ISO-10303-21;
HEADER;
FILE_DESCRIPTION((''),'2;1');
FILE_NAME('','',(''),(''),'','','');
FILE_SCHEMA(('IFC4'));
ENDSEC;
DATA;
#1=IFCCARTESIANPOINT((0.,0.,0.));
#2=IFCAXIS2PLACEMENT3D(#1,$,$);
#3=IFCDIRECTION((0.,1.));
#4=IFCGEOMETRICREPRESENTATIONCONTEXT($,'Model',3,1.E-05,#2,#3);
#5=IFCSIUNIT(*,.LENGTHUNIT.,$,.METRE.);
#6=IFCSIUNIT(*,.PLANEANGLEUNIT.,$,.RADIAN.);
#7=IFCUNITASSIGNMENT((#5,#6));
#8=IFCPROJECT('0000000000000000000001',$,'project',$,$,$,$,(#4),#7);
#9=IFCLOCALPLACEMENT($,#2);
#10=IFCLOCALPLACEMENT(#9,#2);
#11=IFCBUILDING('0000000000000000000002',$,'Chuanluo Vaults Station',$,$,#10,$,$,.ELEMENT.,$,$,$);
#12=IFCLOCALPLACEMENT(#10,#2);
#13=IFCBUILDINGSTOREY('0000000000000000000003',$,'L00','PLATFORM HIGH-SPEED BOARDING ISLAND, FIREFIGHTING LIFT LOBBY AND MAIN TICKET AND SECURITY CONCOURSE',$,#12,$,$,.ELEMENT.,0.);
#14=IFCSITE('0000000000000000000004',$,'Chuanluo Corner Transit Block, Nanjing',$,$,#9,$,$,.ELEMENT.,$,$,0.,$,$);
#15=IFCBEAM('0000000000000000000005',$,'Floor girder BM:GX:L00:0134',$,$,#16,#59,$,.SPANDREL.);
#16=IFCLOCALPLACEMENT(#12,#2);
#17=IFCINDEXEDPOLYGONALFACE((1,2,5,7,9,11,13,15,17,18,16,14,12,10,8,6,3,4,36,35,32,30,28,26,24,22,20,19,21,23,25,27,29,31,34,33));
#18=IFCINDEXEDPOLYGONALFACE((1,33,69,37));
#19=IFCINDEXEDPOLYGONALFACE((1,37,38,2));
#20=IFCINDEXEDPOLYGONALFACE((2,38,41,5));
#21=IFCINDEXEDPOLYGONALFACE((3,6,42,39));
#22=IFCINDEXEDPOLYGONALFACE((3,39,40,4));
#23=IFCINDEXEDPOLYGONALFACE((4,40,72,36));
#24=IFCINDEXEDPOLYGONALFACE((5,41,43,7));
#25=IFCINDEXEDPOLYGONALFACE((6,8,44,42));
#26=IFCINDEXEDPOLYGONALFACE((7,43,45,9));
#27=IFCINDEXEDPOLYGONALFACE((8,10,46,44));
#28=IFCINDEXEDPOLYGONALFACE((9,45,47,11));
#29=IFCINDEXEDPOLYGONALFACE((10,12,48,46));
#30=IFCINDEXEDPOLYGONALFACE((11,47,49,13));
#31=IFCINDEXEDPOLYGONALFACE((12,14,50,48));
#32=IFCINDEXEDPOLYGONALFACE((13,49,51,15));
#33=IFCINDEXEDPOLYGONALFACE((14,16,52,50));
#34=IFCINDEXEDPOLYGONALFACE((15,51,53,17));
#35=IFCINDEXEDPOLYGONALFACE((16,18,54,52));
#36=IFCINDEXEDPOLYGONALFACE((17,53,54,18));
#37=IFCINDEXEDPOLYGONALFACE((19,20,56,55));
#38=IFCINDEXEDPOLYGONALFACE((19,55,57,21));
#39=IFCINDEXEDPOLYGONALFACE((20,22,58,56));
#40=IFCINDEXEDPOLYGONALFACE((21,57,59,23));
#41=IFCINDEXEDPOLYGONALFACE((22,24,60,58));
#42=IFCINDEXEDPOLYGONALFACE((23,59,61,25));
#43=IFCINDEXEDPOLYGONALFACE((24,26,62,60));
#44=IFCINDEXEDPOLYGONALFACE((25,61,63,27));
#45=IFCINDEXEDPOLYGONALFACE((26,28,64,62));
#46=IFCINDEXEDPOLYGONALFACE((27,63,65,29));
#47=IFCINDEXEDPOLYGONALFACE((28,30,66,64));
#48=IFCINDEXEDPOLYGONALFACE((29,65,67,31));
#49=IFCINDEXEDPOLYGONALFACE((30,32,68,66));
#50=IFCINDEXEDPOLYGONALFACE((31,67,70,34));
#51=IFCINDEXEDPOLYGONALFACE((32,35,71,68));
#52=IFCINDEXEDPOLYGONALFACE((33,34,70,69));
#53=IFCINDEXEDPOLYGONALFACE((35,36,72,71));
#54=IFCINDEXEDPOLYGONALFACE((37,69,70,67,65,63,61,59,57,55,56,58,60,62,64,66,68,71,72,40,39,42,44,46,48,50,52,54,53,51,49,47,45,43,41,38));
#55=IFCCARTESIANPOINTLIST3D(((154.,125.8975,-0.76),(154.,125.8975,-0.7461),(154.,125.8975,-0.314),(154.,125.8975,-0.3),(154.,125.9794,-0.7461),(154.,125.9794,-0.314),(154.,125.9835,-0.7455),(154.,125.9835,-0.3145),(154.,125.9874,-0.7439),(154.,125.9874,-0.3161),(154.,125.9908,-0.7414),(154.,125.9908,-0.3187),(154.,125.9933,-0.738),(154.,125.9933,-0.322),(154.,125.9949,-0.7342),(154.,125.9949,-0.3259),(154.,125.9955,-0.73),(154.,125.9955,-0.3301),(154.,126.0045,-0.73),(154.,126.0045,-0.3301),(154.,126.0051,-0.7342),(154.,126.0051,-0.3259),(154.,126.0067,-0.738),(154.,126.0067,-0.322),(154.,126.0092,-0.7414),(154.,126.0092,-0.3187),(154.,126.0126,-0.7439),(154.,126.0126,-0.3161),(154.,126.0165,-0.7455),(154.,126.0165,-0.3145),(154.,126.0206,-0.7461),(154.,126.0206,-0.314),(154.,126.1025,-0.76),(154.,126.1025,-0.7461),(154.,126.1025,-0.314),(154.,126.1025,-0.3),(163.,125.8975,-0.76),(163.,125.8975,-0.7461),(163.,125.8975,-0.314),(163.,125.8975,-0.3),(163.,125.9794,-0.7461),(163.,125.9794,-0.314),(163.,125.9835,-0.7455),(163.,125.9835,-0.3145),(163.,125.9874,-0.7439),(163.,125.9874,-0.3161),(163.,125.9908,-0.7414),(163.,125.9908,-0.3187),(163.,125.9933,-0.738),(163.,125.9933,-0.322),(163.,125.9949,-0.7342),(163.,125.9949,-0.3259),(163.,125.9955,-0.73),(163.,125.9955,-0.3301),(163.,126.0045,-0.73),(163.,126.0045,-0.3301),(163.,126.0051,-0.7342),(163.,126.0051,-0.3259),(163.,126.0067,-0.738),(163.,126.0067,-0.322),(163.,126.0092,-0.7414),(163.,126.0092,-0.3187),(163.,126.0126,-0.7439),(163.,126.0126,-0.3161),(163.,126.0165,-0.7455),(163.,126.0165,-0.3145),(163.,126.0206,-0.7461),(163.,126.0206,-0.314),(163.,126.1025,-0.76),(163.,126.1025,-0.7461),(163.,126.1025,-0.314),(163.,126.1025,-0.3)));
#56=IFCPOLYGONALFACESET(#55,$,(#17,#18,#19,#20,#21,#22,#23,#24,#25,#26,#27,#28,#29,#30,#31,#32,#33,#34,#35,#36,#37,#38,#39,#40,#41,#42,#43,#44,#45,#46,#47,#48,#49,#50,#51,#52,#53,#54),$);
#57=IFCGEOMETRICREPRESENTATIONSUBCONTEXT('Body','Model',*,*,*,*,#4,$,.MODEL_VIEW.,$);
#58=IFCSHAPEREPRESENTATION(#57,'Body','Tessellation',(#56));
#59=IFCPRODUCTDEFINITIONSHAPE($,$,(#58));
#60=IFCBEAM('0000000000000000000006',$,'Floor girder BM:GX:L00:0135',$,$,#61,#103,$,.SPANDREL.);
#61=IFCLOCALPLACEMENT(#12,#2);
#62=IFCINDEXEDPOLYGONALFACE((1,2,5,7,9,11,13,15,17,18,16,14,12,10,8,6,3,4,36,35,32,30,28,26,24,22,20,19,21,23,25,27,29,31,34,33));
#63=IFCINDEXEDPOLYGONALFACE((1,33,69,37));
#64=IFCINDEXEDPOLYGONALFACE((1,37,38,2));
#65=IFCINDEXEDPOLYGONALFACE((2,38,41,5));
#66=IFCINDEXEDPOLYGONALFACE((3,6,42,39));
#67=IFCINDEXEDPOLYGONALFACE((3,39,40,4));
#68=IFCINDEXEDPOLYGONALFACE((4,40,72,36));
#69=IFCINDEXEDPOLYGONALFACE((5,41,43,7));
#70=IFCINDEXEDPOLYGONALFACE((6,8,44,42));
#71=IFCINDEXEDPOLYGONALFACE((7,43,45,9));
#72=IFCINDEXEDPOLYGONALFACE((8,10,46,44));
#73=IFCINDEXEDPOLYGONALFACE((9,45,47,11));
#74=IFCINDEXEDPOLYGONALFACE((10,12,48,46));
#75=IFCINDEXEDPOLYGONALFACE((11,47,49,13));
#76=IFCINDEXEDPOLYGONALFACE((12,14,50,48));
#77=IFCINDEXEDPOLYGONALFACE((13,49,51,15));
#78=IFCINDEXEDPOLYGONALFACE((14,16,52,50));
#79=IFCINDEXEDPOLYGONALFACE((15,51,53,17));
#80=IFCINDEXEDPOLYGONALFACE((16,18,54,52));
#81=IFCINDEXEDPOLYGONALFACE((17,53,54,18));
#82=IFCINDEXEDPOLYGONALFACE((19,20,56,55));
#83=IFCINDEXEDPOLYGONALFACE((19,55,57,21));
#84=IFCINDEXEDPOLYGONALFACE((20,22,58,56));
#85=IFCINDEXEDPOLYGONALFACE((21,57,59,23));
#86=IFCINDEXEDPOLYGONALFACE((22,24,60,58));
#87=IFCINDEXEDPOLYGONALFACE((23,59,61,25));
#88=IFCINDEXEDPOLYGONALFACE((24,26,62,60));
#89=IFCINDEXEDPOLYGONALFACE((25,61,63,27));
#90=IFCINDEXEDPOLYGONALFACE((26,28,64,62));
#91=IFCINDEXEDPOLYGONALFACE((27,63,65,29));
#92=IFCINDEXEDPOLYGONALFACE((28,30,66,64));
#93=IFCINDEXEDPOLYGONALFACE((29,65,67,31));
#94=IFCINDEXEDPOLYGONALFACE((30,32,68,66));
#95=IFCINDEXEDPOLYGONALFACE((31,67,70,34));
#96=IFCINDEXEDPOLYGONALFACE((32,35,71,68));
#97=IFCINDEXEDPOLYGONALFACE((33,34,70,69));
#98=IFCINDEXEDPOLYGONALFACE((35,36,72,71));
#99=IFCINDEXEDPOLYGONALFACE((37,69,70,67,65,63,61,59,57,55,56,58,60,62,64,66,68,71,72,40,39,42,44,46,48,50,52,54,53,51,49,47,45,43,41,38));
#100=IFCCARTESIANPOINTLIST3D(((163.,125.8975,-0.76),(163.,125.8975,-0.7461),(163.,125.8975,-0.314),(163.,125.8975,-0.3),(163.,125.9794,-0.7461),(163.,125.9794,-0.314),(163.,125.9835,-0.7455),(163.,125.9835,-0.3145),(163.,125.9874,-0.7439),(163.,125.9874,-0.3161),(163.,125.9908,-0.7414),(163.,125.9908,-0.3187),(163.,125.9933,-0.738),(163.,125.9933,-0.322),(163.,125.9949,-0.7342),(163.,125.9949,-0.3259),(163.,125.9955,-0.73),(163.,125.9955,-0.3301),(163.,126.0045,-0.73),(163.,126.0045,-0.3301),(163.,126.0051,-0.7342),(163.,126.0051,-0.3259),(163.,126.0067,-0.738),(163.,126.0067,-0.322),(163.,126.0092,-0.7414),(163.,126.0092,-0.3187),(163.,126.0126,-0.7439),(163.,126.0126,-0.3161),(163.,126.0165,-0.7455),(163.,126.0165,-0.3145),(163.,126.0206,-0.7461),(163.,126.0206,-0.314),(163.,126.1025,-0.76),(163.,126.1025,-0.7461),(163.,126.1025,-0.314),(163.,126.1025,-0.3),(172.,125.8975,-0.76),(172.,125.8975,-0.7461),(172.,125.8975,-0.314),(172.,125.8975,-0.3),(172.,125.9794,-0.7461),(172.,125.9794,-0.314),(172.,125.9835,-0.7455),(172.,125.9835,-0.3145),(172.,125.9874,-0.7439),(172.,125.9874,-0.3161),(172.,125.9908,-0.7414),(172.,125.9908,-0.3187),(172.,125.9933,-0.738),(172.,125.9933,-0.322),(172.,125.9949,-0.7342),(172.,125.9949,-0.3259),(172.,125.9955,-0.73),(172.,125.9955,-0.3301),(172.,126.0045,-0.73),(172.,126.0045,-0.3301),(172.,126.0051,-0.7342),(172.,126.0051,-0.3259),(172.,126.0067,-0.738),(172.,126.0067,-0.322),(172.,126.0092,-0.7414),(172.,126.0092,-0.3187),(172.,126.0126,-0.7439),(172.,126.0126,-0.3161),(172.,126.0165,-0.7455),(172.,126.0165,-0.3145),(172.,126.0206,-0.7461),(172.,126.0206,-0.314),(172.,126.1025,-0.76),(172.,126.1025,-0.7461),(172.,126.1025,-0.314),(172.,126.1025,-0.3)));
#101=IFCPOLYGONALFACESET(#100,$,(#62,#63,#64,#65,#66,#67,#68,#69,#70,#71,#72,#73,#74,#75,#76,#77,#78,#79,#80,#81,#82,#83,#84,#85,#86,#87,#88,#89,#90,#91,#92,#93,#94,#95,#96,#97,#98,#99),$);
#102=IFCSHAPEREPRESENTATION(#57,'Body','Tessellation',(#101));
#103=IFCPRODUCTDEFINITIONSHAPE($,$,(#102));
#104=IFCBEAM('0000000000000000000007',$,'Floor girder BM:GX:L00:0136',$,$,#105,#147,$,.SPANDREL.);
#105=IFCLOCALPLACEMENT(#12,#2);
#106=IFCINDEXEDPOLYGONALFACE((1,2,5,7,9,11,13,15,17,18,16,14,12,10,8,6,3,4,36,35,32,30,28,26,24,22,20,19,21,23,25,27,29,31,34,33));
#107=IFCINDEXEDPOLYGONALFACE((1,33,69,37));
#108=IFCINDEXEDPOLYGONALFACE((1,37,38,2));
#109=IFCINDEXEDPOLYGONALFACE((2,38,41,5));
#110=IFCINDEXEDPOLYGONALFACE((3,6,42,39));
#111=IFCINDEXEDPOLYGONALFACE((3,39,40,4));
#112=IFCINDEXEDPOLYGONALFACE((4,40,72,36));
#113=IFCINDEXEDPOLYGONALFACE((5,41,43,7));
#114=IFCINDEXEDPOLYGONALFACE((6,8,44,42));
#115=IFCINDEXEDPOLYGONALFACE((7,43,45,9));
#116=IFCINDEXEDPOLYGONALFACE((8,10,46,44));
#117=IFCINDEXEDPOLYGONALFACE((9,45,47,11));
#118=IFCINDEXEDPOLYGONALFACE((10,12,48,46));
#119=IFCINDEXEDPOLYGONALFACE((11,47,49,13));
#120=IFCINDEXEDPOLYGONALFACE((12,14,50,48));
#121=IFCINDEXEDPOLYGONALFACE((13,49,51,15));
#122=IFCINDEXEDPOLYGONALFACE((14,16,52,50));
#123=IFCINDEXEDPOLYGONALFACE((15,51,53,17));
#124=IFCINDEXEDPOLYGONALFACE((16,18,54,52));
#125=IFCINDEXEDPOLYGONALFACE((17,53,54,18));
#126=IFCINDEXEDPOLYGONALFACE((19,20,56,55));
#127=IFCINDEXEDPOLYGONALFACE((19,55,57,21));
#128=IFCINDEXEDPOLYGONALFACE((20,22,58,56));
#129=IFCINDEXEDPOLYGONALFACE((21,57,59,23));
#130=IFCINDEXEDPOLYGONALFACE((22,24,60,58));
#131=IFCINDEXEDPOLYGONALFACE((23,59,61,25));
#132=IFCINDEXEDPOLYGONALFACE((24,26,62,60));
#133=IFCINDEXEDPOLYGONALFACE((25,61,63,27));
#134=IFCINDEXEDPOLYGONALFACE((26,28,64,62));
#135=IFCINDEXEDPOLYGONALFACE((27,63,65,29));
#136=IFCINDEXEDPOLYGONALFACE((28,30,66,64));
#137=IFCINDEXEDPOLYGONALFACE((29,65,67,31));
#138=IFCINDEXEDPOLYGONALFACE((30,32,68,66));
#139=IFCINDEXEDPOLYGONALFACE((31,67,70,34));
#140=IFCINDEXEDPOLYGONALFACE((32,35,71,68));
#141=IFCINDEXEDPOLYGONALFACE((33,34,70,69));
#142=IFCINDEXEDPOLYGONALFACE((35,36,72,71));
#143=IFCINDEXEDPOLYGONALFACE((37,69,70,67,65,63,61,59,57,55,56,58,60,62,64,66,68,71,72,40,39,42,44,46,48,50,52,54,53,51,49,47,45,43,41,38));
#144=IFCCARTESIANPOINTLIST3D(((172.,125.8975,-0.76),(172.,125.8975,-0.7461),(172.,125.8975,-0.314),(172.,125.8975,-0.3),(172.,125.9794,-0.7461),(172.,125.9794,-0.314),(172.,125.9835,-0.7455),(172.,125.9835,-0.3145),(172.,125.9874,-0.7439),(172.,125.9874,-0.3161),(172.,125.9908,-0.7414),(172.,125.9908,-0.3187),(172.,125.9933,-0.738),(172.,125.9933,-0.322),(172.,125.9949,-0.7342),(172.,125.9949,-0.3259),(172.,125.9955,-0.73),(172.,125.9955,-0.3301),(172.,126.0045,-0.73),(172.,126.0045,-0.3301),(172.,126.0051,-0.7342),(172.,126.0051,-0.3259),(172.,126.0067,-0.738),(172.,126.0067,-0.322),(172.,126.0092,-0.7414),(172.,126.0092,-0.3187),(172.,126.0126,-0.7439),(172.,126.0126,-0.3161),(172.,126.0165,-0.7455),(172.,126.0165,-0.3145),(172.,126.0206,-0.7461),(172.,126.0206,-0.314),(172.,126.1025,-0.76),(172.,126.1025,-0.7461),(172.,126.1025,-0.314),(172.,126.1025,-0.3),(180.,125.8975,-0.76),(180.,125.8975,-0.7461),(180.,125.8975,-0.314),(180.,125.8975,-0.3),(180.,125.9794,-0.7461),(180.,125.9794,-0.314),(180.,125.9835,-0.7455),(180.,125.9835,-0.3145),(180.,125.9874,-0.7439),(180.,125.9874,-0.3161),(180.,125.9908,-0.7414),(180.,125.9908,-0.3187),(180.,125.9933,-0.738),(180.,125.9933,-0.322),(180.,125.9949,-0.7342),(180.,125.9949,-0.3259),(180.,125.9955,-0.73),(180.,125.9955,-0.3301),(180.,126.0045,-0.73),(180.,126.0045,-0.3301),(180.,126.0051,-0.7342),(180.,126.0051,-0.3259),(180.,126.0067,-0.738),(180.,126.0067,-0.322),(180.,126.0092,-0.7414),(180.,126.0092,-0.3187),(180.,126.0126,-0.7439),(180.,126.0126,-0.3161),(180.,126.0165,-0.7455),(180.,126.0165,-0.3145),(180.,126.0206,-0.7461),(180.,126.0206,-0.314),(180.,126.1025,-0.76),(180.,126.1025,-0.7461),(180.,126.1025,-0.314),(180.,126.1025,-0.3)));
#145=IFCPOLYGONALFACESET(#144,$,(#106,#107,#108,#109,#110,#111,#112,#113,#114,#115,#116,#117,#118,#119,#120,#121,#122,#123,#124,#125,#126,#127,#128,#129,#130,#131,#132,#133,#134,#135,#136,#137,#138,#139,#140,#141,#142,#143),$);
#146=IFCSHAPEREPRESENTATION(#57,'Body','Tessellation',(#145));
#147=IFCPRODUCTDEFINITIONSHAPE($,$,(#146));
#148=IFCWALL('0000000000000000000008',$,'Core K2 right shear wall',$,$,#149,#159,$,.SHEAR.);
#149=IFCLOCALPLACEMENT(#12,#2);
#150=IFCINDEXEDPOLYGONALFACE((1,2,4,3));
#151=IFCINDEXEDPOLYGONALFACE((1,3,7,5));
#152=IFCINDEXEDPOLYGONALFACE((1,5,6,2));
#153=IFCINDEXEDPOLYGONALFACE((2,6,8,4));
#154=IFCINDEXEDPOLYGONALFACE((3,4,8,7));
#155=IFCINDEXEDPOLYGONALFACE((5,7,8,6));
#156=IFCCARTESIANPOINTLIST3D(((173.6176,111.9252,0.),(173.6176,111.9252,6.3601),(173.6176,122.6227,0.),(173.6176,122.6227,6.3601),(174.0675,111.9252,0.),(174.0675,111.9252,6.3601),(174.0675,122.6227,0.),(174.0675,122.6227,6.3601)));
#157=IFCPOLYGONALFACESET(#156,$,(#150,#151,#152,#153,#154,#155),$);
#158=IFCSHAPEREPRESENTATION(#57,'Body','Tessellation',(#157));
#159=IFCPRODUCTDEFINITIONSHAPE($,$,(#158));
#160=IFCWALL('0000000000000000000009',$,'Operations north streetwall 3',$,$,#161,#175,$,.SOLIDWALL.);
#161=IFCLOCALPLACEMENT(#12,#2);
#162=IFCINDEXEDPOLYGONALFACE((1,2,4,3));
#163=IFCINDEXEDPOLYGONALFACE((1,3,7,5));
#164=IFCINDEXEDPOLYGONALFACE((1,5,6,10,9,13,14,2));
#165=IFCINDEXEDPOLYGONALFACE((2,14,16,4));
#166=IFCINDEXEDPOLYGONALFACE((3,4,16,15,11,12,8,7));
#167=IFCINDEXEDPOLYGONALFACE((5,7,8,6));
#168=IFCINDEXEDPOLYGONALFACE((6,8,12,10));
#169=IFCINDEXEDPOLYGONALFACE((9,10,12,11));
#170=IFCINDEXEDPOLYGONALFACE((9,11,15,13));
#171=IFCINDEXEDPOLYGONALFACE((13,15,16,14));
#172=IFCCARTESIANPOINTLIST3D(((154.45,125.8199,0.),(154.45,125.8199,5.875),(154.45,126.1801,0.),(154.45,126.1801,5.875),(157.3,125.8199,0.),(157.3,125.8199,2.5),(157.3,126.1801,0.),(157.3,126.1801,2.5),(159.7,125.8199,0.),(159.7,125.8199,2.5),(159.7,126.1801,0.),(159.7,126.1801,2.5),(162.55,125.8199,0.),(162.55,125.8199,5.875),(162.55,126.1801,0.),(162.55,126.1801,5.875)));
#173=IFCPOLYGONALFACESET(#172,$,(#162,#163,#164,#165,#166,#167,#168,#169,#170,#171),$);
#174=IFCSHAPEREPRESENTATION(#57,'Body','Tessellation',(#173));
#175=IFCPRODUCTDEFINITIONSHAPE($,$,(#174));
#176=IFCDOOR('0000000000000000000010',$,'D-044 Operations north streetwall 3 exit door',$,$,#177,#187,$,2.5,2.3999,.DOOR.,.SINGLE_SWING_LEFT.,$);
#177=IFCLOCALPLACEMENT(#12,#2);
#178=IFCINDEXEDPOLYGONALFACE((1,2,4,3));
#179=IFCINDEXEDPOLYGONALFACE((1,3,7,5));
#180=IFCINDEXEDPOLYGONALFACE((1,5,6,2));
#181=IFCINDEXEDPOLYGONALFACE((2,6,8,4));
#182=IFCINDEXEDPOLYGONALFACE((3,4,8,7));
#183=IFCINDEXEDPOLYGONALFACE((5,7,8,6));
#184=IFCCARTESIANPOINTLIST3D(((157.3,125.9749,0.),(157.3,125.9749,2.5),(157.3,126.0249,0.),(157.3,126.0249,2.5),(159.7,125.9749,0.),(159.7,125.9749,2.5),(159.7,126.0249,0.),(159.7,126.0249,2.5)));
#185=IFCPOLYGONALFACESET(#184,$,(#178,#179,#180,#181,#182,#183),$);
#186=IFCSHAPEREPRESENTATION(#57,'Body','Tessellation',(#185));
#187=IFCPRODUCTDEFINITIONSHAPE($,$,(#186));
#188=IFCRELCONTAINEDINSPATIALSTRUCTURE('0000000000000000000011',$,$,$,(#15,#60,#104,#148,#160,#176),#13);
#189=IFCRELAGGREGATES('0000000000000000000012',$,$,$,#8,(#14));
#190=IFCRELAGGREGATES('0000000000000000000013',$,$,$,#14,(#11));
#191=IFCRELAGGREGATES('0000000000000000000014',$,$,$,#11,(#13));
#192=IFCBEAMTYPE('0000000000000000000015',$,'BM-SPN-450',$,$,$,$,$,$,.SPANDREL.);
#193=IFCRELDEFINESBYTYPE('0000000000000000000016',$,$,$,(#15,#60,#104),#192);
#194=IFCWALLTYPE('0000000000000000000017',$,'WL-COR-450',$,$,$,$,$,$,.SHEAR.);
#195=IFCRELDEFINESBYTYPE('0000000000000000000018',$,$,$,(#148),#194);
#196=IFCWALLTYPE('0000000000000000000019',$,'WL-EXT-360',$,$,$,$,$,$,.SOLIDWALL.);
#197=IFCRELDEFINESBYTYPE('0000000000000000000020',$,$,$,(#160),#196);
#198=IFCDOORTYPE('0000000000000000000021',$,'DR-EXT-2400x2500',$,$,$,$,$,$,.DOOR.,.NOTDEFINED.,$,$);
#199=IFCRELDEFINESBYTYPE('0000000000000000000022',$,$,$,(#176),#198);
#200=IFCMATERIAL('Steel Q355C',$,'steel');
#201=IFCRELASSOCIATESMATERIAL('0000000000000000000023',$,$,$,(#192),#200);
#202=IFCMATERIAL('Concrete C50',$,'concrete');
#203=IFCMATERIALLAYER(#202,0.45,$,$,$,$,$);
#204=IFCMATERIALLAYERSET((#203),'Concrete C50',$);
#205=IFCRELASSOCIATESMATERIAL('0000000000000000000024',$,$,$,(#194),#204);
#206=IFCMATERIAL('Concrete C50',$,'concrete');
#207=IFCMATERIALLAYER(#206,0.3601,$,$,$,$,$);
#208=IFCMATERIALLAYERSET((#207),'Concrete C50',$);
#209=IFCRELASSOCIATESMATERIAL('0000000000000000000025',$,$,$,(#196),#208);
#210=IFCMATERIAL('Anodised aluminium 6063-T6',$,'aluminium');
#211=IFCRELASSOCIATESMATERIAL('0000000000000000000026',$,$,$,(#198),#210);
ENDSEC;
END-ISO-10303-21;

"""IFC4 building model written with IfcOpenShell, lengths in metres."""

from ifc_helpers import new_model, si_unit, direction, frame, frame_2d, origin, origin_2d, place, context, subcontext, project, spatial, rectangle, i_section, extrude, material, layer, layer_set, material_profile, profile_set, type_object, element, fill, save


model = new_model("IFC4")

# Units and contexts
model_context = context("Model", 3, precision=1e-05, world=origin(), true_north=direction((0.0, 1.0)))
body_context = subcontext(model_context, "Body", "Model", "MODEL_VIEW")
ifc_project = project(units=[si_unit("LENGTHUNIT", "METRE"), si_unit("PLANEANGLEUNIT", "RADIAN")], contexts=[model_context])

# Site, building, storey
site_placement = place(None, origin())
site = spatial("IfcSite", under=ifc_project, at=site_placement, Name="Chuanluo Corner Transit Block, Nanjing", CompositionType="ELEMENT", RefElevation=0.0)
building_placement = place(site_placement, origin())
building = spatial("IfcBuilding", under=site, at=building_placement, Name="Chuanluo Vaults Station", CompositionType="ELEMENT")
storey_placement = place(building_placement, origin())
storey = spatial("IfcBuildingStorey", under=building, at=storey_placement, Name="L00", Description="PLATFORM HIGH-SPEED BOARDING ISLAND, FIREFIGHTING LIFT LOBBY AND MAIN TICKET AND SECURITY CONCOURSE", CompositionType="ELEMENT", Elevation=0.0)

# Beams
ifc_material_1 = material(Name="Steel Q355C", Category="steel")
ifc_material_profile_1 = material_profile(ifc_material_1, i_section(OverallWidth=0.2051, OverallDepth=0.46, WebThickness=0.009, FlangeThickness=0.0139, FilletRadius=0.0161, at=origin_2d()))
ifc_profile_set_1 = profile_set([ifc_material_profile_1], Name="Steel Q355C")
beam_type_1 = type_object("IfcBeamType", Name="BM-SPN-450", PredefinedType="SPANDREL", material=ifc_profile_set_1)
for number, where, z_axis, x_axis, name in (
    (1, (154.0, 126.0, -0.53), (1.0, 0.0, 0.0), (0.0, 1.0, 0.0), "Floor girder BM:GX:L00:0134"),
    (2, (163.0, 126.0, -0.53), (1.0, 0.0, 0.0), (0.0, 1.0, 0.0), "Floor girder BM:GX:L00:0135"),
):
    element("IfcBeam", number, at=place(storey_placement, frame(where, z_axis=z_axis, x_axis=x_axis)), inside=storey, type_object=beam_type_1, Name=name, PredefinedType="SPANDREL", context=body_context, shape_type="SweptSolid", body=[
        extrude(i_section(OverallWidth=0.2051, OverallDepth=0.46, WebThickness=0.009, FlangeThickness=0.0139, FilletRadius=0.0161, at=origin_2d()), origin(), (0.0, 0.0, 1.0), 9.0),
    ])
beam_placement = place(storey_placement, frame((172.0, 126.0, -0.53), z_axis=(1.0, 0.0, 0.0), x_axis=(0.0, 1.0, 0.0)))
element("IfcBeam", 3, at=beam_placement, inside=storey, type_object=beam_type_1, Name="Floor girder BM:GX:L00:0136", PredefinedType="SPANDREL", context=body_context, shape_type="SweptSolid", body=[
    extrude(i_section(OverallWidth=0.2051, OverallDepth=0.46, WebThickness=0.009, FlangeThickness=0.0139, FilletRadius=0.0161, at=origin_2d()), origin(), (0.0, 0.0, 1.0), 8.0),
])

# Wall
ifc_material_2 = material(Name="Concrete C50", Category="concrete")
ifc_layer_1 = layer(ifc_material_2, 0.45)
ifc_layer_set_1 = layer_set([ifc_layer_1], Name="Concrete C50")
wall_type_1 = type_object("IfcWallType", Name="WL-COR-450", PredefinedType="SHEAR", material=ifc_layer_set_1)
wall_1_placement = place(storey_placement, frame((173.8425, 122.6226, 0.0), z_axis=(0.0, 0.0, 1.0), x_axis=(0.0, -1.0, 0.0)))
element("IfcWall", 4, at=wall_1_placement, inside=storey, type_object=wall_type_1, Name="Core K2 right shear wall", PredefinedType="SHEAR", context=body_context, shape_type="SweptSolid", body=[
    extrude(rectangle(XDim=10.6975, YDim=0.45, at=frame_2d((5.3486, 0.0))), origin(), (0.0, 0.0, 1.0), 6.3601),
])

# Wall, opening, door
ifc_material_3 = material(Name="Concrete C50", Category="concrete")
ifc_layer_2 = layer(ifc_material_3, 0.3601)
ifc_layer_set_2 = layer_set([ifc_layer_2], Name="Concrete C50")
wall_type_2 = type_object("IfcWallType", Name="WL-EXT-360", PredefinedType="SOLIDWALL", material=ifc_layer_set_2)
wall_2_placement = place(storey_placement, frame((154.45, 126.0, 0.0), z_axis=(0.0, 0.0, 1.0), x_axis=(1.0, 0.0, 0.0)))
wall_2 = element("IfcWall", 5, at=wall_2_placement, inside=storey, type_object=wall_type_2, Name="Operations north streetwall 3", PredefinedType="SOLIDWALL", context=body_context, shape_type="SweptSolid", body=[
    extrude(rectangle(XDim=8.1001, YDim=0.3601, at=frame_2d((4.05, 0.0))), origin(), (0.0, 0.0, 1.0), 5.875),
])
opening_1_placement = place(wall_2_placement, frame((2.8501, 0.0, 0.0)))
opening_1 = element("IfcOpeningElement", 6, at=opening_1_placement, cuts=wall_2, PredefinedType="OPENING", context=body_context, shape_type="SweptSolid", body=[
    extrude(rectangle(XDim=2.3999, YDim=2.5, at=frame_2d((1.2, 1.25))), frame((0.0, 0.1902, 0.0), z_axis=(0.0, -1.0, 0.0), x_axis=(1.0, 0.0, 0.0)), (0.0, 0.0, 1.0), 0.3801),
])
ifc_material_4 = material(Name="Anodised aluminium 6063-T6", Category="aluminium")
door_type = type_object("IfcDoorType", Name="DR-EXT-2400x2500", OperationType="NOTDEFINED", PredefinedType="DOOR", material=ifc_material_4)
door_1_placement = place(opening_1_placement, origin())
door_1 = element("IfcDoor", 7, at=door_1_placement, inside=storey, type_object=door_type, Name="D-044 Operations north streetwall 3 exit door", OperationType="SINGLE_SWING_LEFT", OverallHeight=2.5, OverallWidth=2.3999, PredefinedType="DOOR", context=body_context, shape_type="SweptSolid", body=[
    extrude(rectangle(XDim=2.3999, YDim=2.5, at=frame_2d((1.2, 1.25))), frame((0.0, 0.0249, 0.0), z_axis=(0.0, -1.0, 0.0), x_axis=(1.0, 0.0, 0.0)), (0.0, 0.0, 1.0), 0.05),
])
fill(opening_1, door_1)

save(model, "model.ifc")
